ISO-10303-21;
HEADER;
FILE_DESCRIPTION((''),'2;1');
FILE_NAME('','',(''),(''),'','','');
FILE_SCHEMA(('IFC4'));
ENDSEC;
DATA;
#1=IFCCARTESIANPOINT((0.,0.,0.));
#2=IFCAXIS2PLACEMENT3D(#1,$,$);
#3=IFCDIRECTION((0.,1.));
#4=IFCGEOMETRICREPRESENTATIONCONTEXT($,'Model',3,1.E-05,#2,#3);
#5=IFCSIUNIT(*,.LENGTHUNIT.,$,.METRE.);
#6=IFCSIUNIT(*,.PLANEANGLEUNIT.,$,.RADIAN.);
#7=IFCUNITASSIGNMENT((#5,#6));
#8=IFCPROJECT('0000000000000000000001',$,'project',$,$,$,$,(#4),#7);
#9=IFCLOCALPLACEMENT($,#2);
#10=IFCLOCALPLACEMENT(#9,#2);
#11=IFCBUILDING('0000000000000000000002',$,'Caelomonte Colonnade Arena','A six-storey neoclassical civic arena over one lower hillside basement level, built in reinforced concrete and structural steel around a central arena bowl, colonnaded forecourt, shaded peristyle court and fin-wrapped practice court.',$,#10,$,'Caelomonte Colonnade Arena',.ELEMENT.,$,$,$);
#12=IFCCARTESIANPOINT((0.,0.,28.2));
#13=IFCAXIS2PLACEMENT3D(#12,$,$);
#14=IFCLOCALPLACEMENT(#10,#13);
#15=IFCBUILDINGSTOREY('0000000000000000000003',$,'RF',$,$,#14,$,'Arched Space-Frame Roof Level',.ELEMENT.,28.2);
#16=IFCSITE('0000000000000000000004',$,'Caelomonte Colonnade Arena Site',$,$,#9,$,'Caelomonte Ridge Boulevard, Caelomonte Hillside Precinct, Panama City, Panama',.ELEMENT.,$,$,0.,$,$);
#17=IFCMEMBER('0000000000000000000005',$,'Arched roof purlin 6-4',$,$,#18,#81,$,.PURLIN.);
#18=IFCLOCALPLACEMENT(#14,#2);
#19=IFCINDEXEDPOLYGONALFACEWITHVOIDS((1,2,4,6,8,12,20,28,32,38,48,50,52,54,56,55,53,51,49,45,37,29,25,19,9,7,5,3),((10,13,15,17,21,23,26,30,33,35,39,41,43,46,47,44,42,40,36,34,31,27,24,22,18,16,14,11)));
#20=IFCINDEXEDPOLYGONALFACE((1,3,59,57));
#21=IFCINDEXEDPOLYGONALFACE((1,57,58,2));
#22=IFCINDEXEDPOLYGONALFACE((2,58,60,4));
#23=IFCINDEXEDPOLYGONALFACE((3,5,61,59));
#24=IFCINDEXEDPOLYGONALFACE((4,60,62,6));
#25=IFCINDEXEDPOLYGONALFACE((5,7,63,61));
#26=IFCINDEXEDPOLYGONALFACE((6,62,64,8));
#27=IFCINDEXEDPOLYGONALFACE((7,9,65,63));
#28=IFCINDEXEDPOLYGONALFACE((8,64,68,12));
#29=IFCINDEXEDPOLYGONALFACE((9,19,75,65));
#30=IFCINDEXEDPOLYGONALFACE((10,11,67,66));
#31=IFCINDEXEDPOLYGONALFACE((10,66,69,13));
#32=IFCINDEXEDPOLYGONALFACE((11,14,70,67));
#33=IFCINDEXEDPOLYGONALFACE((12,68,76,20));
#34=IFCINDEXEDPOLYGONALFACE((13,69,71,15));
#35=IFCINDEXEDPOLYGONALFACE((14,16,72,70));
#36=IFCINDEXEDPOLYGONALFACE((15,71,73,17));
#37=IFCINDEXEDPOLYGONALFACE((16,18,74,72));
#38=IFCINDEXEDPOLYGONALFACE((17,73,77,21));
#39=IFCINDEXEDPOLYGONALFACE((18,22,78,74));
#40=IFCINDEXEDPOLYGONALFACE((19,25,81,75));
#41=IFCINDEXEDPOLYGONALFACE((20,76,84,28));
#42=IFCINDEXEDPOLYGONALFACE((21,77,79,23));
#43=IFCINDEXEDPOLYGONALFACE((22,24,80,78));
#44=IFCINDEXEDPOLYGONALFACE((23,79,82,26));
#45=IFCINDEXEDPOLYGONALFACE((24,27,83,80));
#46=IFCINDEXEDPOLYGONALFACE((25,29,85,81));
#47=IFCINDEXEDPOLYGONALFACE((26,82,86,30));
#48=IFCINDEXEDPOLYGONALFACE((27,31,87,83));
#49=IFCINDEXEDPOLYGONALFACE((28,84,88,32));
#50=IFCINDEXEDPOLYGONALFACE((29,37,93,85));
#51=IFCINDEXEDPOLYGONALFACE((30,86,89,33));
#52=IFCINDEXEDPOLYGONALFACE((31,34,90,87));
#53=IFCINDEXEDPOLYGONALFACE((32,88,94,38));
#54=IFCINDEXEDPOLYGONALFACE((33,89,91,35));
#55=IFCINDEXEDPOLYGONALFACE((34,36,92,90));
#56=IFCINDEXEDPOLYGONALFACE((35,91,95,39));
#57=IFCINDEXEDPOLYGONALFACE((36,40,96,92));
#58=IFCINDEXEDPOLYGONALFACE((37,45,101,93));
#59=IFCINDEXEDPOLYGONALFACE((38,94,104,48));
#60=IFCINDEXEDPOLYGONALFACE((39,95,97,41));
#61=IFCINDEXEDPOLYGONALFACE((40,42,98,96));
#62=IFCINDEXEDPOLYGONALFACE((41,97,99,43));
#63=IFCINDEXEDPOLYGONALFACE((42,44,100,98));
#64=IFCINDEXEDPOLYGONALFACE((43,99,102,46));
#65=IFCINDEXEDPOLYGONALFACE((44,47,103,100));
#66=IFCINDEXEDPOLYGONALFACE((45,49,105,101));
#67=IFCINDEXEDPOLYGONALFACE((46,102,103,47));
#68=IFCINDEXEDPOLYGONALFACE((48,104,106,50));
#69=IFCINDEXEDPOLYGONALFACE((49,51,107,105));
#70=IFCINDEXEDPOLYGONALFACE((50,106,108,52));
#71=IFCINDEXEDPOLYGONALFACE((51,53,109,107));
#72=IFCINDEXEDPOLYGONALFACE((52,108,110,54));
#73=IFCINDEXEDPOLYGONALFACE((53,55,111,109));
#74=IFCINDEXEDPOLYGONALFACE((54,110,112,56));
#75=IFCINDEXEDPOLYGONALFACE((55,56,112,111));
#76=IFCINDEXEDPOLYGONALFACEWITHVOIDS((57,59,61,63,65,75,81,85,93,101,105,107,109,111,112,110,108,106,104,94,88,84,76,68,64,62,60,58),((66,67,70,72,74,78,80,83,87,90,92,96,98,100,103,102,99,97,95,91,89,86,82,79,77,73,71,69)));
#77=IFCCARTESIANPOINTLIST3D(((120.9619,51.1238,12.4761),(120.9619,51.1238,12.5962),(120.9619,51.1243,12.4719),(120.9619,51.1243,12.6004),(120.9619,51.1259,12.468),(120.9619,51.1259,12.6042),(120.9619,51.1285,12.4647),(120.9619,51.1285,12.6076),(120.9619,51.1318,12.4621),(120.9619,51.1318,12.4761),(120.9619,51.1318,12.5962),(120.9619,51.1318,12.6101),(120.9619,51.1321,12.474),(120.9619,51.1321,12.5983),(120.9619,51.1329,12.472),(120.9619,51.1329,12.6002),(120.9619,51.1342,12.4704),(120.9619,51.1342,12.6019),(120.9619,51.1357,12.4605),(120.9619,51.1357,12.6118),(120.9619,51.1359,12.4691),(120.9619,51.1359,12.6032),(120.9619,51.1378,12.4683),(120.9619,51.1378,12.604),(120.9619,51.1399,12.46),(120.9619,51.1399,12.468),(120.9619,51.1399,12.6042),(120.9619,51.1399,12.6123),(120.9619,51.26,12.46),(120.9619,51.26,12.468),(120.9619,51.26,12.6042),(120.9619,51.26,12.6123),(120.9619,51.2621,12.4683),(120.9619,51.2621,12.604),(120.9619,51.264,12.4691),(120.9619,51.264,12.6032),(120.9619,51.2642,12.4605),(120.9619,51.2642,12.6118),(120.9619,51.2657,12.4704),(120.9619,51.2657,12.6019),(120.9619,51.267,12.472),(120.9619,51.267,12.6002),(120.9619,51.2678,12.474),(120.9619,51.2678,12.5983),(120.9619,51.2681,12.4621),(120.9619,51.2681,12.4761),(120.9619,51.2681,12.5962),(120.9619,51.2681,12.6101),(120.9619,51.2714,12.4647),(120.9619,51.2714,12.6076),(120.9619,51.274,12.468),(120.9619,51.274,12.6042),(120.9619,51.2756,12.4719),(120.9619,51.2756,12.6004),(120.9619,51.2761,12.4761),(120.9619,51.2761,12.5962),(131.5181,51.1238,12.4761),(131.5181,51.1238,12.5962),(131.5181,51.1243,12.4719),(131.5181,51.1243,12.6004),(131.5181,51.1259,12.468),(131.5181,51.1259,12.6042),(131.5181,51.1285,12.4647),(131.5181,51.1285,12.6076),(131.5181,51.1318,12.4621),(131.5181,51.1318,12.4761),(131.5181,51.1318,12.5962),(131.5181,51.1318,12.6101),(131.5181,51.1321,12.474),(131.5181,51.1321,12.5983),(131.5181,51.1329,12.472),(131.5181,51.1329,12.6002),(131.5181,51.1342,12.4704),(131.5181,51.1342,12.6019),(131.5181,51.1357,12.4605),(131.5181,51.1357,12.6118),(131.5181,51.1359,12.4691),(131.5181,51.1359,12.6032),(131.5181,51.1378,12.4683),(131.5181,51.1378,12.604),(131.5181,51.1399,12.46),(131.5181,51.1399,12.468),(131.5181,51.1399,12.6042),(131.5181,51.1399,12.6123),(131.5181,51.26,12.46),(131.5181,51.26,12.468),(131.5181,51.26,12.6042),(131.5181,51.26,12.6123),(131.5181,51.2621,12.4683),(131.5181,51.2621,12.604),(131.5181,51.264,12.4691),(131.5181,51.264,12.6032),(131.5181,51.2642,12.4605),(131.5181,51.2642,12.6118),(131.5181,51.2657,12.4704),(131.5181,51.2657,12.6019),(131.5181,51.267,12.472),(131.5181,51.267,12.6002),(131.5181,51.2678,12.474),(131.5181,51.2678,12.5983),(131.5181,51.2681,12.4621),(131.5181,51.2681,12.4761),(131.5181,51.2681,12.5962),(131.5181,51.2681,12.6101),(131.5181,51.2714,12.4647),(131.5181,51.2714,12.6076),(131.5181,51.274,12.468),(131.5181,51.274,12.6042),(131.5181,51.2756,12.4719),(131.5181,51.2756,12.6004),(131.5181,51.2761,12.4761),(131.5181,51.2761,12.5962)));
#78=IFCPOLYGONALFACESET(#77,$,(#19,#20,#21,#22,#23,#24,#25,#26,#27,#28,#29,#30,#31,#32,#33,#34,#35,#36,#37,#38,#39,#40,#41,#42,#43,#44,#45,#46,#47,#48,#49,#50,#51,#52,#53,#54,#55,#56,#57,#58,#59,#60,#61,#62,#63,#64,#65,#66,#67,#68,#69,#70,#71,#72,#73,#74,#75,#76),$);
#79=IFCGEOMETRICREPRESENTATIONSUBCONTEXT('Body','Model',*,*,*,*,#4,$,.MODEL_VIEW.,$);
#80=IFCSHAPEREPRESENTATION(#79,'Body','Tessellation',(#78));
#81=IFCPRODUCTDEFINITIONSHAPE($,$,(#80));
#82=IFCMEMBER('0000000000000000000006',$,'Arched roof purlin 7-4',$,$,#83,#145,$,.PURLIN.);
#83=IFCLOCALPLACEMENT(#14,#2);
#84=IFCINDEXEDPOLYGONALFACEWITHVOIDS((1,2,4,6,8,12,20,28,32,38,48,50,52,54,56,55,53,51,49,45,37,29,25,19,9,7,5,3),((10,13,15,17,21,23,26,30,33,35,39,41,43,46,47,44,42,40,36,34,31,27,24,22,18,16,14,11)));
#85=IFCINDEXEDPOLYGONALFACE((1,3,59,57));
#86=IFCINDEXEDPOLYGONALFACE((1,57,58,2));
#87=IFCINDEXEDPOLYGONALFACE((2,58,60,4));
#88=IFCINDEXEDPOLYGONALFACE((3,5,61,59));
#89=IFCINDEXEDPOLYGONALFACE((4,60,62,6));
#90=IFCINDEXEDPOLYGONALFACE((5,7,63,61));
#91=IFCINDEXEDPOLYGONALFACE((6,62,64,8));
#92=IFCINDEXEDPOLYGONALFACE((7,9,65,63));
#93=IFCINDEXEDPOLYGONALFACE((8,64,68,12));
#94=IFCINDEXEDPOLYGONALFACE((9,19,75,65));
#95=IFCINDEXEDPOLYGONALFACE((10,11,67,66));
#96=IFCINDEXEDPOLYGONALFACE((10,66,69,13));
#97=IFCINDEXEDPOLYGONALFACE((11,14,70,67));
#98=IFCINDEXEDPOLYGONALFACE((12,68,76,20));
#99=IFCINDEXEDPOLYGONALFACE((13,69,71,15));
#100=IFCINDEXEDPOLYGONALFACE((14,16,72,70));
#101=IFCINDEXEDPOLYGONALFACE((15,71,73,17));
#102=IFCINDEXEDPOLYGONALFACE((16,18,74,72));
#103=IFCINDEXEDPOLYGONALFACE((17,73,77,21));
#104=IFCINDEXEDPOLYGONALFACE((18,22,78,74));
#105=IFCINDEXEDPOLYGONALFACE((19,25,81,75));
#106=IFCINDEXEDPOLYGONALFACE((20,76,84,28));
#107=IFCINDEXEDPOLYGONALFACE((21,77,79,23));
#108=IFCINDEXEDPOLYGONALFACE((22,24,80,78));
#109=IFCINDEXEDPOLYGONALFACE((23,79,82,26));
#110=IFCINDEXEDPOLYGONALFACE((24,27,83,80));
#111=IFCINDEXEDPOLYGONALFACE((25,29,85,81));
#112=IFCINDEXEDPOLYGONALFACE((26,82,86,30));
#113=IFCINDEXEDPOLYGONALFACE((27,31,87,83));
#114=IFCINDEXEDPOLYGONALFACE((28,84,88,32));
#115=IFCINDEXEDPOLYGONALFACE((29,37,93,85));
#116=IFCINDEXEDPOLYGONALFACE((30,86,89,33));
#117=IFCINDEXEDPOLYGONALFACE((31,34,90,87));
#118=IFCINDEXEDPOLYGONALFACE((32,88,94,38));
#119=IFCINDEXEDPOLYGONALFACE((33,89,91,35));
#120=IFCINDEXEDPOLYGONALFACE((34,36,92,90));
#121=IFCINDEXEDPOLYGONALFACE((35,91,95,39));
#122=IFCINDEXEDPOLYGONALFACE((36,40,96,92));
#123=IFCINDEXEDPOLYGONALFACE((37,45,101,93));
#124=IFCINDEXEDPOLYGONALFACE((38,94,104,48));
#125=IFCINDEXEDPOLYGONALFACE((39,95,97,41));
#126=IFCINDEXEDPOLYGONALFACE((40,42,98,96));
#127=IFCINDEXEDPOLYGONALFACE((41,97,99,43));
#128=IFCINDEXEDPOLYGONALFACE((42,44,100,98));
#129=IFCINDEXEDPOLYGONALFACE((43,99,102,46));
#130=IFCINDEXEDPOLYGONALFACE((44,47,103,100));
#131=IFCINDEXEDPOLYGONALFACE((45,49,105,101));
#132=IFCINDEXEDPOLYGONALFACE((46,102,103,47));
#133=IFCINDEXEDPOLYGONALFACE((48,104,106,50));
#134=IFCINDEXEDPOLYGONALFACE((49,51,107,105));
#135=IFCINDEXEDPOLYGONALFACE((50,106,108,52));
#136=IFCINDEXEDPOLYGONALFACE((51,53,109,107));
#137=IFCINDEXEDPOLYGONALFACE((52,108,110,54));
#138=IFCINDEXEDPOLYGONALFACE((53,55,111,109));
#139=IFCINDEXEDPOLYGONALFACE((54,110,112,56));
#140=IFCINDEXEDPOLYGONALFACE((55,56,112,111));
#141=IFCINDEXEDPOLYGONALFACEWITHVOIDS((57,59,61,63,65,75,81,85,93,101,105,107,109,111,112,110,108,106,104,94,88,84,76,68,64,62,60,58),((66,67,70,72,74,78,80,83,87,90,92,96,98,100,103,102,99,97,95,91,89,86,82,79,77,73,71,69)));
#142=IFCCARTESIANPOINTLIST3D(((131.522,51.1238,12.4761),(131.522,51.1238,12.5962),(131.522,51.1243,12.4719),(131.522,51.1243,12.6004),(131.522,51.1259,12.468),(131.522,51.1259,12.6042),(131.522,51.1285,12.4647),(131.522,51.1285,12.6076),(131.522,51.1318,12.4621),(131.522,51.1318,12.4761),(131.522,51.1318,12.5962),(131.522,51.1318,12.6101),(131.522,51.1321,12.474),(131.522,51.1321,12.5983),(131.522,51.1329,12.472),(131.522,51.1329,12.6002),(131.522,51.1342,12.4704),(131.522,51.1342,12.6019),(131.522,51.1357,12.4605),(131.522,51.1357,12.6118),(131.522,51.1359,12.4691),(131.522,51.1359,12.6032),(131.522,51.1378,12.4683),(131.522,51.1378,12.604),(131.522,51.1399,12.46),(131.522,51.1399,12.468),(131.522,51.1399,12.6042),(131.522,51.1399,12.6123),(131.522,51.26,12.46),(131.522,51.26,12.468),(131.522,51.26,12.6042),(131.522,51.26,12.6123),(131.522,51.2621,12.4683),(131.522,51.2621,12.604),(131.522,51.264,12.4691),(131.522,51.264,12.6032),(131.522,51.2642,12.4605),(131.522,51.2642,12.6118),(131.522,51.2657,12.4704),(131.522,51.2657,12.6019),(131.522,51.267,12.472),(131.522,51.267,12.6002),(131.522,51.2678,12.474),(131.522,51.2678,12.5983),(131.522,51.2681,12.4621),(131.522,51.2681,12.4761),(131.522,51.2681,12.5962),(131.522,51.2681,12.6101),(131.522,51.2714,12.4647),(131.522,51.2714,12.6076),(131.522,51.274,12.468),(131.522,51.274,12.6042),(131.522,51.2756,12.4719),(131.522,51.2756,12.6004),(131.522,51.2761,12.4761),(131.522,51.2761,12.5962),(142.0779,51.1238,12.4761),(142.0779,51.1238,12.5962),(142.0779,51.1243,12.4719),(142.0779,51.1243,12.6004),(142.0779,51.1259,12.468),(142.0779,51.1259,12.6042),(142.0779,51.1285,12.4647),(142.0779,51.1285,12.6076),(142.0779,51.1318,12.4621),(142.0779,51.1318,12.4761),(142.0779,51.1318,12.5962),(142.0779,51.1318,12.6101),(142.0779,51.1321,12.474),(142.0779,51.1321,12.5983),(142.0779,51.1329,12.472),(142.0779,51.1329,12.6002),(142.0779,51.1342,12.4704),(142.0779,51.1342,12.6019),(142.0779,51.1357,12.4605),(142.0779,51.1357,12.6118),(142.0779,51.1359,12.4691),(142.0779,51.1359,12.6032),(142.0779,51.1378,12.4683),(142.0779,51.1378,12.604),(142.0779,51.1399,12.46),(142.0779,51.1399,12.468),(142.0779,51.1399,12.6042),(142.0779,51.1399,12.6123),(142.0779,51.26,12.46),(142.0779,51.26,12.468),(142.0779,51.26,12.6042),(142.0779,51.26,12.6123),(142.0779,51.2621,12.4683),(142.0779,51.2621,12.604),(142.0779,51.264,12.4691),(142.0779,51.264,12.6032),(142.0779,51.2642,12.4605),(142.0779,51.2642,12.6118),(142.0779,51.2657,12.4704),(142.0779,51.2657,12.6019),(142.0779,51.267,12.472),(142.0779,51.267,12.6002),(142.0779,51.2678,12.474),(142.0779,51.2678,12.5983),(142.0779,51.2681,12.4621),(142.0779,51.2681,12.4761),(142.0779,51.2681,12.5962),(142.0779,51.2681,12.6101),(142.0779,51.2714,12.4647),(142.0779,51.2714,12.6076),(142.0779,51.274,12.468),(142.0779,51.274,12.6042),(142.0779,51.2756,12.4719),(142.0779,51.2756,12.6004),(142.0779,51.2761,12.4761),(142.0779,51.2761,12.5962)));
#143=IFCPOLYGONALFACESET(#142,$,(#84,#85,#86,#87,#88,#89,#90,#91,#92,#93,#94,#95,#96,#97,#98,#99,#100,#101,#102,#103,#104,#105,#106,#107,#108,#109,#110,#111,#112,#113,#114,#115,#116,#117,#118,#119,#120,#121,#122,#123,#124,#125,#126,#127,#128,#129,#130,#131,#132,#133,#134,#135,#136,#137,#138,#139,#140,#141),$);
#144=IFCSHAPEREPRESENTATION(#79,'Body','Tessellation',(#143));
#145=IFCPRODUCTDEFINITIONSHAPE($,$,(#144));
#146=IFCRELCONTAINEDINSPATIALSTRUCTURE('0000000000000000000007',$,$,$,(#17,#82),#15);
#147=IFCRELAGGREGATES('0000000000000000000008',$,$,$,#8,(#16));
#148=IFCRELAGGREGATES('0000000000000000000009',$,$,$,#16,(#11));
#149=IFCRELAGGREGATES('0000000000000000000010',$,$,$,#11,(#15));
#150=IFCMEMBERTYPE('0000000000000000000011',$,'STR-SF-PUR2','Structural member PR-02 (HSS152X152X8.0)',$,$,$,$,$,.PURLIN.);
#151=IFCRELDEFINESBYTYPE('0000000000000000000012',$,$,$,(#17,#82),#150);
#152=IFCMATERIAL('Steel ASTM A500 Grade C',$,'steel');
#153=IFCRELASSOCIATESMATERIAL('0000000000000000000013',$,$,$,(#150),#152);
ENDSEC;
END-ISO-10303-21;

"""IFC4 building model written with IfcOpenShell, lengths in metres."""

from ifc_helpers import new_model, si_unit, direction, frame, origin, origin_2d, place, context, subcontext, project, spatial, hollow_rectangle, extrude, material, material_profile, profile_set, type_object, element, save


model = new_model("IFC4")

# Units and contexts
model_context = context("Model", 3, precision=1e-05, world=origin(), true_north=direction((0.0, 1.0)))
body_context = subcontext(model_context, "Body", "Model", "MODEL_VIEW")
ifc_project = project(units=[si_unit("LENGTHUNIT", "METRE"), si_unit("PLANEANGLEUNIT", "RADIAN")], contexts=[model_context])

# Site, building, storey
site_placement = place(None, origin())
site = spatial("IfcSite", under=ifc_project, at=site_placement, Name="Caelomonte Colonnade Arena Site", LongName="Caelomonte Ridge Boulevard, Caelomonte Hillside Precinct, Panama City, Panama", CompositionType="ELEMENT", RefElevation=0.0)
building_placement = place(site_placement, origin())
building = spatial("IfcBuilding", under=site, at=building_placement, Name="Caelomonte Colonnade Arena", Description="A six-storey neoclassical civic arena over one lower hillside basement level, built in reinforced concrete and structural steel around a central arena bowl, colonnaded forecourt, shaded peristyle court and fin-wrapped practice court.", LongName="Caelomonte Colonnade Arena", CompositionType="ELEMENT")
storey_placement = place(building_placement, frame((0.0, 0.0, 28.2)))
storey = spatial("IfcBuildingStorey", under=building, at=storey_placement, Name="RF", LongName="Arched Space-Frame Roof Level", CompositionType="ELEMENT", Elevation=28.2)

# Members
ifc_material_1 = material(Name="Steel ASTM A500 Grade C", Category="steel")
ifc_material_profile_1 = material_profile(ifc_material_1, hollow_rectangle(XDim=0.1523, YDim=0.1523, WallThickness=0.0081, InnerFilletRadius=0.0081, OuterFilletRadius=0.0161, at=origin_2d()), Name="HSS152X152X8.0")
ifc_profile_set_1 = profile_set([ifc_material_profile_1], Name="Steel ASTM A500 Grade C")
member_type_1 = type_object("IfcMemberType", Name="STR-SF-PUR2", Description="Structural member PR-02 (HSS152X152X8.0)", PredefinedType="PURLIN", material=ifc_profile_set_1)
member_1_placement = place(storey_placement, frame((120.9619, 51.2, 12.5361), z_axis=(1.0, 0.0, 0.0), x_axis=(0.0, 1.0, 0.0)))
element("IfcMember", 1, at=member_1_placement, inside=storey, type_object=member_type_1, Name="Arched roof purlin 6-4", PredefinedType="PURLIN", context=body_context, shape_type="SweptSolid", body=[
    extrude(hollow_rectangle(XDim=0.1523, YDim=0.1523, WallThickness=0.0081, InnerFilletRadius=0.0081, OuterFilletRadius=0.0161, at=origin_2d()), origin(), (0.0, 0.0, 1.0), 10.5562),
])
member_2_placement = place(storey_placement, frame((131.522, 51.2, 12.5361), z_axis=(1.0, 0.0, 0.0), x_axis=(0.0, 1.0, 0.0)))
element("IfcMember", 2, at=member_2_placement, inside=storey, type_object=member_type_1, Name="Arched roof purlin 7-4", PredefinedType="PURLIN", context=body_context, shape_type="SweptSolid", body=[
    extrude(hollow_rectangle(XDim=0.1523, YDim=0.1523, WallThickness=0.0081, InnerFilletRadius=0.0081, OuterFilletRadius=0.0161, at=origin_2d()), origin(), (0.0, 0.0, 1.0), 10.5559),
])

save(model, "model.ifc")
